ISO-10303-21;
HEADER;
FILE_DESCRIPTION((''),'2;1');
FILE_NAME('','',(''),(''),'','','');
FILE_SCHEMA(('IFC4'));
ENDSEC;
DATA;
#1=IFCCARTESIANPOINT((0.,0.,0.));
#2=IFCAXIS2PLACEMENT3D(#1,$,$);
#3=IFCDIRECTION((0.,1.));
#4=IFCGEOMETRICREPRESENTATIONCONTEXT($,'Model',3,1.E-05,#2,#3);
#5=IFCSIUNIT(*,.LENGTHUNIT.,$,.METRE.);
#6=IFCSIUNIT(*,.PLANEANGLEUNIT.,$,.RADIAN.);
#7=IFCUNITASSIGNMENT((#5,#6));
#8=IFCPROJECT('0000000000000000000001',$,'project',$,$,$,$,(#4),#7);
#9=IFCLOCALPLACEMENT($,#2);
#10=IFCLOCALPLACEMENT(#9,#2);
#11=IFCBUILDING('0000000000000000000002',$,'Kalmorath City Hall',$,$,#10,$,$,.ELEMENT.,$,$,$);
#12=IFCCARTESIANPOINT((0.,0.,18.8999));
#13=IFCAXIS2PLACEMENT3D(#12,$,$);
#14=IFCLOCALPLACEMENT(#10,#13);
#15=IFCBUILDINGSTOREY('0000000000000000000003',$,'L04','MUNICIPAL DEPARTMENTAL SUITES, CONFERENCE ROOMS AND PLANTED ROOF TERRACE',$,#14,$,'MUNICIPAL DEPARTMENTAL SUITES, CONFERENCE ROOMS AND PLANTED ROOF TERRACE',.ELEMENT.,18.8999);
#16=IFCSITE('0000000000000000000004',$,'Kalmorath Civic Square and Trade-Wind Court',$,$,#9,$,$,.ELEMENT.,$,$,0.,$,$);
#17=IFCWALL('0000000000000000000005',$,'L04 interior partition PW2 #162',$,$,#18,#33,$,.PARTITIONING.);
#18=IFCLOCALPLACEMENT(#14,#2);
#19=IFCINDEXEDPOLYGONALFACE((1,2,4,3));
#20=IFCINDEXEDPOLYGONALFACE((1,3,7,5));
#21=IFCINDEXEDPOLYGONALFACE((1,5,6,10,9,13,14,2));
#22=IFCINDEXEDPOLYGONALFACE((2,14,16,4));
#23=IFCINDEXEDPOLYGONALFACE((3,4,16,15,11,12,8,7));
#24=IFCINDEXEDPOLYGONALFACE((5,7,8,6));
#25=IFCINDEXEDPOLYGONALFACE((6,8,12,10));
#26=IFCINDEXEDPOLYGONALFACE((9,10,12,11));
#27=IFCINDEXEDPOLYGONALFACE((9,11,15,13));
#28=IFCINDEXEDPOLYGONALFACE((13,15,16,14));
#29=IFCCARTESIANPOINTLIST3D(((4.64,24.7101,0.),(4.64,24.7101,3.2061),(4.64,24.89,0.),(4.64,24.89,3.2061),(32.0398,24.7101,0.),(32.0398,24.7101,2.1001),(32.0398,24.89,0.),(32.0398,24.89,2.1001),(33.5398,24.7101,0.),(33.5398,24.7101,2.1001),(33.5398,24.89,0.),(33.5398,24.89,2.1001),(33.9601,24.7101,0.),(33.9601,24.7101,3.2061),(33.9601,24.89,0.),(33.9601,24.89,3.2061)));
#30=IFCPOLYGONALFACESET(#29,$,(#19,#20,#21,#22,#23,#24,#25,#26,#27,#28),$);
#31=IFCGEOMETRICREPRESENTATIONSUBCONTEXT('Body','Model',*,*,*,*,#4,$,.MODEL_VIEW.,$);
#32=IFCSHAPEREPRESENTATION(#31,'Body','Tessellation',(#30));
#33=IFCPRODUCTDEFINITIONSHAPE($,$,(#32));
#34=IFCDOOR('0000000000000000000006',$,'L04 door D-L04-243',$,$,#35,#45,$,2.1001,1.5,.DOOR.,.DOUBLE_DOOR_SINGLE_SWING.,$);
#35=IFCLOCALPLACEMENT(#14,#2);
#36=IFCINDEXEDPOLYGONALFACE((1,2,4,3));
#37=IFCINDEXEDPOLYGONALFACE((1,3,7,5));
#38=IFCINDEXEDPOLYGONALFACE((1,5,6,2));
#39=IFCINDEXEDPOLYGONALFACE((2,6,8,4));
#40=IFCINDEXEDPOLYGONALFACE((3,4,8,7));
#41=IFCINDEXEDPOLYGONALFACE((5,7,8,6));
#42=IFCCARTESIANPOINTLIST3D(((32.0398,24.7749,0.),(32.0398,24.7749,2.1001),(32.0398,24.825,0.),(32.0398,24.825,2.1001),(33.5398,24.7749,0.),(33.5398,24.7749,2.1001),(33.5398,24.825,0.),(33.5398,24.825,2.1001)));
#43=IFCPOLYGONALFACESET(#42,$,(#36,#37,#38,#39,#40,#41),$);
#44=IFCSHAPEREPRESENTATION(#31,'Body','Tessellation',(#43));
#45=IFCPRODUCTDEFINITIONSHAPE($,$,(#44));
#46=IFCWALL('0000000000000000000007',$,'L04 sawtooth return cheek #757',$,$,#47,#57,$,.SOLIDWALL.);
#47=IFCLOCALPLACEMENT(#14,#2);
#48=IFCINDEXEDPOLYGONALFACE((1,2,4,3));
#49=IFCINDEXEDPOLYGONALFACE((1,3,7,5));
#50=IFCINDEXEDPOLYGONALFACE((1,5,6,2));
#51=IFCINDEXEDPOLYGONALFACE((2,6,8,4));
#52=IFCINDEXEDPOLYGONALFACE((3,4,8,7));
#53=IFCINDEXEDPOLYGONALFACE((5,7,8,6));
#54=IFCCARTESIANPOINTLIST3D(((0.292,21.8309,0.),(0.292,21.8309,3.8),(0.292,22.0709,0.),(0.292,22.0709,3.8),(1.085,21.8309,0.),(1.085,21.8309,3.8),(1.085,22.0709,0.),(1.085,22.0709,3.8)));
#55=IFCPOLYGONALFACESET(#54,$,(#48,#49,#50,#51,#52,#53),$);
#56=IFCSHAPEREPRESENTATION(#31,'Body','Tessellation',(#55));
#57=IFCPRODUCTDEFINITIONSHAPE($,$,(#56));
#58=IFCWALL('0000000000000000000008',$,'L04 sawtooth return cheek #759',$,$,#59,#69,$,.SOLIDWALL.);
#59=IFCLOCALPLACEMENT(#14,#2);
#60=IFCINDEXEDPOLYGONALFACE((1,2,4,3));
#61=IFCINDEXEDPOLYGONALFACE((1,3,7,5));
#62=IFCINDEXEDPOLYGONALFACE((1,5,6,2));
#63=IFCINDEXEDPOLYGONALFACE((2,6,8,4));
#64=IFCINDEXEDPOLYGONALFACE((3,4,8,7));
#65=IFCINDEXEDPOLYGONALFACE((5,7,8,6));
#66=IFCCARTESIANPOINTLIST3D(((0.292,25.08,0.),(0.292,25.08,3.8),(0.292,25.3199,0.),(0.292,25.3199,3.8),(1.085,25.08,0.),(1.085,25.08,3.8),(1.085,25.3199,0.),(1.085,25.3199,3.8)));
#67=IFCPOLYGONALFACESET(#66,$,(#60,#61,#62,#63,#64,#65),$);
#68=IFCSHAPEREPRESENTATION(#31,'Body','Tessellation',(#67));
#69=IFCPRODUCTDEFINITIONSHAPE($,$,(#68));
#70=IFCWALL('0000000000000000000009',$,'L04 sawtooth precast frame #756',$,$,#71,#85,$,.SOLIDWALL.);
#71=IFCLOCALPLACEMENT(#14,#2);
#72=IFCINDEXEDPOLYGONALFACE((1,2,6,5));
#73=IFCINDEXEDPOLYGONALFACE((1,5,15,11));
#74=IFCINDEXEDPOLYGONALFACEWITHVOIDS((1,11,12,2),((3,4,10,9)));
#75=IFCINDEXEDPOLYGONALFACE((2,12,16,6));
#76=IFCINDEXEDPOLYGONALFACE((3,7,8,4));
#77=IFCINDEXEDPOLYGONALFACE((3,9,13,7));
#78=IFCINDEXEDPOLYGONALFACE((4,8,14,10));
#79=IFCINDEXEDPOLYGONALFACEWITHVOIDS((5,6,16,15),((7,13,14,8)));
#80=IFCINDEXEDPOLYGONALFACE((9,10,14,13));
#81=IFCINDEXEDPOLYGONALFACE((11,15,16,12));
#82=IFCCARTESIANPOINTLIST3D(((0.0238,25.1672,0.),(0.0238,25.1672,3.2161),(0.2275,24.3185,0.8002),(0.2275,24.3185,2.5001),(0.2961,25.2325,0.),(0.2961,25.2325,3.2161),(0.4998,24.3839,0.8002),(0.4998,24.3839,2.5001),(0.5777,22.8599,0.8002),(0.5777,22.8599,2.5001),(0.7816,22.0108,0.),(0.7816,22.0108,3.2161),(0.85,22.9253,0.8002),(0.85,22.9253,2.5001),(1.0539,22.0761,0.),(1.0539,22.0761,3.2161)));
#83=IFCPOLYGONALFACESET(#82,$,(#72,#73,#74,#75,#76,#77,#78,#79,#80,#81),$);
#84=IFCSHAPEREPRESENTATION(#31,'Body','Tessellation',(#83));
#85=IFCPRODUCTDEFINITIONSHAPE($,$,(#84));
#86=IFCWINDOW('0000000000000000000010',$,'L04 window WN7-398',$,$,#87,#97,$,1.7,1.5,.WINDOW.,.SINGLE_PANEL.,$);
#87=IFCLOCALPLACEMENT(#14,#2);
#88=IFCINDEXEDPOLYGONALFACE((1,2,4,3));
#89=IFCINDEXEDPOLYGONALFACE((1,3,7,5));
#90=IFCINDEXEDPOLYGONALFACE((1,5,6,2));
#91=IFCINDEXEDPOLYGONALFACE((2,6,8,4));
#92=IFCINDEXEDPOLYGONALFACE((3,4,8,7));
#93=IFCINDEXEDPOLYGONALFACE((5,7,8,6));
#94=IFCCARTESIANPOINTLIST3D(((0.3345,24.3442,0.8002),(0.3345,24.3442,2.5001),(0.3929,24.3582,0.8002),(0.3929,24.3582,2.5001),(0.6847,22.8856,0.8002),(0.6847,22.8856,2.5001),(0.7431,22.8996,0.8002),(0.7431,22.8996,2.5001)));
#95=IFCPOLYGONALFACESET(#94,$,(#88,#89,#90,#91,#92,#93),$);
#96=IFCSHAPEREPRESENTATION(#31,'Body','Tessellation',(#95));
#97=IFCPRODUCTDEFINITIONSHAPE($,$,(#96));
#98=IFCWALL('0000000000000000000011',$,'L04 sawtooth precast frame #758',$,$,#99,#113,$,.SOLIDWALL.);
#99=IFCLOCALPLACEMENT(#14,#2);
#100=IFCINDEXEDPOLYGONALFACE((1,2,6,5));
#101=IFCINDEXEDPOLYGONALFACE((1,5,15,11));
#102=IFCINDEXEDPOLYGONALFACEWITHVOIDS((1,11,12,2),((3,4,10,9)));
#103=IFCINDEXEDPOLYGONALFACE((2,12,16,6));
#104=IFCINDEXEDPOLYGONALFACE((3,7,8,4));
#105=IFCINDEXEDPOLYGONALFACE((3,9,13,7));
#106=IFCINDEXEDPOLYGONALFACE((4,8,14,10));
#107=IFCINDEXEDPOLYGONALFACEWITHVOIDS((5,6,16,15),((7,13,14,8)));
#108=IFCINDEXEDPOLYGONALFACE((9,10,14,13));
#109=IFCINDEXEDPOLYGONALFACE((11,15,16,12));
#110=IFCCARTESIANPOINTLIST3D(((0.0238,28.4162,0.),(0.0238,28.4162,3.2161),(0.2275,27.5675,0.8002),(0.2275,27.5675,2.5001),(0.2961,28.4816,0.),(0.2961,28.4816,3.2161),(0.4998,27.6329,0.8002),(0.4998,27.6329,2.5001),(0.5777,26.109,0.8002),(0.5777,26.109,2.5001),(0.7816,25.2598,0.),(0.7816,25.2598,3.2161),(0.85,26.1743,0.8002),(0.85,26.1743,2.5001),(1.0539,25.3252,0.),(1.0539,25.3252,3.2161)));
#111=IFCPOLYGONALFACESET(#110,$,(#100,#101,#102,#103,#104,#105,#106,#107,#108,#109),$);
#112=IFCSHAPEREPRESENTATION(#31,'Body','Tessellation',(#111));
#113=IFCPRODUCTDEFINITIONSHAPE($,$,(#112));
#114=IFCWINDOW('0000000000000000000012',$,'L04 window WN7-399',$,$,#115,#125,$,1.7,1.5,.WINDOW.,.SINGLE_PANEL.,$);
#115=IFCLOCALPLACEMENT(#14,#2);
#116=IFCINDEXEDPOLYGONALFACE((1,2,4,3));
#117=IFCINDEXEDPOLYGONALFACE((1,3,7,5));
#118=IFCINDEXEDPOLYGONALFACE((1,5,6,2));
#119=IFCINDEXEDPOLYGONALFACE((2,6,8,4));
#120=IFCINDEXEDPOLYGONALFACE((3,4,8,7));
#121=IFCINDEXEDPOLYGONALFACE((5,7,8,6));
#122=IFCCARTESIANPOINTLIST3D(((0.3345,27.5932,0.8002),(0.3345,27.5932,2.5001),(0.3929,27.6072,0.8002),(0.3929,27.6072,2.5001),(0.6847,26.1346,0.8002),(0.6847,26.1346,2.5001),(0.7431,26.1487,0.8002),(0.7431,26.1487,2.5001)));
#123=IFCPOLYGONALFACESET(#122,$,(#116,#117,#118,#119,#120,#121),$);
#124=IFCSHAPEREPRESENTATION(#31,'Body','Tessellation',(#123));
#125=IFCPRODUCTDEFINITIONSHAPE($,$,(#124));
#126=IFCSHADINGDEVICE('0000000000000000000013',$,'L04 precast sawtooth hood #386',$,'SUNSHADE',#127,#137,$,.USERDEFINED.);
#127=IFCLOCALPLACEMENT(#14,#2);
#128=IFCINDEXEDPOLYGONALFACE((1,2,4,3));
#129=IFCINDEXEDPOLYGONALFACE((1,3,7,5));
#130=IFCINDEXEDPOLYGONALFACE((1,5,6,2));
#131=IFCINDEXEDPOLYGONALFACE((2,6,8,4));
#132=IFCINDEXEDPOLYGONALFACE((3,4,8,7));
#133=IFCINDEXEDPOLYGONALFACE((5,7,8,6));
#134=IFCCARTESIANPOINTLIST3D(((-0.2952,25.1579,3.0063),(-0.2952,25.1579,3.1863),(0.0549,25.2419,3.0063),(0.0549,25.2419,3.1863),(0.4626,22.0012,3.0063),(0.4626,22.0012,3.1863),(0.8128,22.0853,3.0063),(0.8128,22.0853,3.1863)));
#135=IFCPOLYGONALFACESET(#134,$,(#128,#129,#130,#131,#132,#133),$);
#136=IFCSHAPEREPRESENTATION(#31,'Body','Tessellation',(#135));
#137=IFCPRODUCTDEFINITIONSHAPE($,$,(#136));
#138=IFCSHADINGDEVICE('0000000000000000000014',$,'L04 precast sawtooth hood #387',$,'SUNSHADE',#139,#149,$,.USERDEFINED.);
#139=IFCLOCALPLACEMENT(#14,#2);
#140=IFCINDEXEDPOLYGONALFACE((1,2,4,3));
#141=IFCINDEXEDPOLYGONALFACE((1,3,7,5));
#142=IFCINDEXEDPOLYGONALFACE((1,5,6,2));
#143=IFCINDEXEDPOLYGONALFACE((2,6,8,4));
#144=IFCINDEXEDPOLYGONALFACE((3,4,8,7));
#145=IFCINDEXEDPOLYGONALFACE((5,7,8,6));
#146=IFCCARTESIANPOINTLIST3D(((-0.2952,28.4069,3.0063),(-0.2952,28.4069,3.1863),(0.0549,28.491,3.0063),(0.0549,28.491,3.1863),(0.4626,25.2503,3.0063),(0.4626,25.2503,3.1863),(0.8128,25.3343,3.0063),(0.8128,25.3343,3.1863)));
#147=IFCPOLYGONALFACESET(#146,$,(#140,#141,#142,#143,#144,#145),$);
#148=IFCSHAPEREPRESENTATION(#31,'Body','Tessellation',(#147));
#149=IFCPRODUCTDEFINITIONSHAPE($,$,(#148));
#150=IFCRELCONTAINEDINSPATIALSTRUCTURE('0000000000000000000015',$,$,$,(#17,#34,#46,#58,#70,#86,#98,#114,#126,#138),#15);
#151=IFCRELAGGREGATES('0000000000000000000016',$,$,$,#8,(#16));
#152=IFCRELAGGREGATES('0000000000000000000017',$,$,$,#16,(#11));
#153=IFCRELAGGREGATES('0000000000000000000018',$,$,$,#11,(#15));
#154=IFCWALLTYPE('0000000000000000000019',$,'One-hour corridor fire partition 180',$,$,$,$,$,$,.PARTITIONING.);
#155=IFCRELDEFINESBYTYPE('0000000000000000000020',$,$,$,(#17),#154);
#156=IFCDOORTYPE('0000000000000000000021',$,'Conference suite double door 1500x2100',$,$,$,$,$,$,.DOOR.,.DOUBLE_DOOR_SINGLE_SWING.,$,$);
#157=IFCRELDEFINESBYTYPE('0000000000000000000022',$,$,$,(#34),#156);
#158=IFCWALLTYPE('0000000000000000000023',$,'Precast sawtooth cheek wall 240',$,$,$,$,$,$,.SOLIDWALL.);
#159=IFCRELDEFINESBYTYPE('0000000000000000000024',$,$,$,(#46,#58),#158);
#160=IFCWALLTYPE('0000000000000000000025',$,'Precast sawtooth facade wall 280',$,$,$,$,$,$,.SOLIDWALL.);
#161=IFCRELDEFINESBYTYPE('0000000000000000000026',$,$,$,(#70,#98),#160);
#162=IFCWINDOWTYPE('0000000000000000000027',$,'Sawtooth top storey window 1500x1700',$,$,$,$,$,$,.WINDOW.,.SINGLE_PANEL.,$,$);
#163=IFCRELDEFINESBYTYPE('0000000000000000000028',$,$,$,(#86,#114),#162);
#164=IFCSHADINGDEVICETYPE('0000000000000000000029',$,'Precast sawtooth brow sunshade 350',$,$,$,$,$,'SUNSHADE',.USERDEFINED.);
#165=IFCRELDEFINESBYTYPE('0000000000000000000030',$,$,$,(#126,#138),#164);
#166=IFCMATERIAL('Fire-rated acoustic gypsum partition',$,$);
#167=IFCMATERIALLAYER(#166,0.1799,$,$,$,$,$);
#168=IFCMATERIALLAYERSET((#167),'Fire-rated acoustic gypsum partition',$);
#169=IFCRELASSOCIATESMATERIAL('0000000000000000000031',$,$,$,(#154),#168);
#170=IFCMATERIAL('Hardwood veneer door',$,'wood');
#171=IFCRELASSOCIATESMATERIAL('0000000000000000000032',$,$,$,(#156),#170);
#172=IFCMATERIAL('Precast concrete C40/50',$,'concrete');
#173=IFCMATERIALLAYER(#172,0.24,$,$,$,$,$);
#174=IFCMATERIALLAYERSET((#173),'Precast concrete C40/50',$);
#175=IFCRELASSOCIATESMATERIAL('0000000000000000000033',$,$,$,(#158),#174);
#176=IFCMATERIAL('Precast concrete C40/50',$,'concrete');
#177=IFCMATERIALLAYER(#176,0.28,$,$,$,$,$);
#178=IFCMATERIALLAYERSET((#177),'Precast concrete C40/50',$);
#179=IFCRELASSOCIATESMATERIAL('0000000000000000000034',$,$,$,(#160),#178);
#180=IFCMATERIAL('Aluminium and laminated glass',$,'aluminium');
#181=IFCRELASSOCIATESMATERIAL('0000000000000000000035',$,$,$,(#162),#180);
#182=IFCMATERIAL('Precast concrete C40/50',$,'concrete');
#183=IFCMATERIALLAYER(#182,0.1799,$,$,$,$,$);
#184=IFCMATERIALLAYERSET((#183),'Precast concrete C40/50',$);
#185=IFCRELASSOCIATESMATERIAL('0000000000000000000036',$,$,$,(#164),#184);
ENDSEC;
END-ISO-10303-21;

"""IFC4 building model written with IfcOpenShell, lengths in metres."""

from ifc_helpers import new_model, si_unit, direction, frame, frame_2d, origin, origin_2d, place, context, subcontext, project, spatial, rectangle, extrude, material, layer, layer_set, type_object, element, fill, save


model = new_model("IFC4")

# Units and contexts
model_context = context("Model", 3, precision=1e-05, world=origin(), true_north=direction((0.0, 1.0)))
body_context = subcontext(model_context, "Body", "Model", "MODEL_VIEW")
ifc_project = project(units=[si_unit("LENGTHUNIT", "METRE"), si_unit("PLANEANGLEUNIT", "RADIAN")], contexts=[model_context])

# Site, building, storey
site_placement = place(None, origin())
site = spatial("IfcSite", under=ifc_project, at=site_placement, Name="Kalmorath Civic Square and Trade-Wind Court", CompositionType="ELEMENT", RefElevation=0.0)
building_placement = place(site_placement, origin())
building = spatial("IfcBuilding", under=site, at=building_placement, Name="Kalmorath City Hall", CompositionType="ELEMENT")
storey_placement = place(building_placement, frame((0.0, 0.0, 18.8999)))
storey = spatial("IfcBuildingStorey", under=building, at=storey_placement, Name="L04", Description="MUNICIPAL DEPARTMENTAL SUITES, CONFERENCE ROOMS AND PLANTED ROOF TERRACE", LongName="MUNICIPAL DEPARTMENTAL SUITES, CONFERENCE ROOMS AND PLANTED ROOF TERRACE", CompositionType="ELEMENT", Elevation=18.8999)

# Wall, opening, door
ifc_material_1 = material(Name="Fire-rated acoustic gypsum partition")
ifc_layer_1 = layer(ifc_material_1, 0.1799)
ifc_layer_set_1 = layer_set([ifc_layer_1], Name="Fire-rated acoustic gypsum partition")
wall_type_1 = type_object("IfcWallType", Name="One-hour corridor fire partition 180", PredefinedType="PARTITIONING", material=ifc_layer_set_1)
ifc_material_2 = material(Name="Hardwood veneer door", Category="wood")
door_type = type_object("IfcDoorType", Name="Conference suite double door 1500x2100", OperationType="DOUBLE_DOOR_SINGLE_SWING", PredefinedType="DOOR", material=ifc_material_2)
wall_1_placement = place(storey_placement, frame((4.6399, 24.8, 0.0), z_axis=(0.0, 0.0, 1.0), x_axis=(1.0, 0.0, 0.0)))
wall_1 = element("IfcWall", 1, at=wall_1_placement, inside=storey, type_object=wall_type_1, Name="L04 interior partition PW2 #162", PredefinedType="PARTITIONING", context=body_context, shape_type="SweptSolid", body=[
    extrude(rectangle(XDim=29.3201, YDim=0.1799, at=frame_2d((14.6602, 0.0))), origin(), (0.0, 0.0, 1.0), 3.2061),
])
opening_1_placement = place(wall_1_placement, frame((27.3999, 0.0, 0.0)))
opening_1 = element("IfcOpeningElement", 2, at=opening_1_placement, cuts=wall_1, PredefinedType="OPENING", context=body_context, shape_type="SweptSolid", body=[
    extrude(rectangle(XDim=1.5, YDim=2.1001, at=frame_2d((0.75, 1.05))), frame((0.0, 0.0999, 0.0), z_axis=(0.0, -1.0, 0.0), x_axis=(1.0, 0.0, 0.0)), (0.0, 0.0, 1.0), 0.2),
])
door_1_placement = place(opening_1_placement, origin())
door_1 = element("IfcDoor", 3, at=door_1_placement, inside=storey, type_object=door_type, Name="L04 door D-L04-243", OperationType="DOUBLE_DOOR_SINGLE_SWING", OverallHeight=2.1001, OverallWidth=1.5, PredefinedType="DOOR", context=body_context, shape_type="SweptSolid", body=[
    extrude(rectangle(XDim=1.5, YDim=2.1001, at=frame_2d((0.75, 1.05))), frame((0.0, 0.0249, 0.0), z_axis=(0.0, -1.0, 0.0), x_axis=(1.0, 0.0, 0.0)), (0.0, 0.0, 1.0), 0.05),
])
fill(opening_1, door_1)

# Walls
ifc_material_3 = material(Name="Precast concrete C40/50", Category="concrete")
ifc_layer_2 = layer(ifc_material_3, 0.24)
ifc_layer_set_2 = layer_set([ifc_layer_2], Name="Precast concrete C40/50")
wall_type_2 = type_object("IfcWallType", Name="Precast sawtooth cheek wall 240", PredefinedType="SOLIDWALL", material=ifc_layer_set_2)
for number, where, z_axis, x_axis, name in (
    (4, (1.085, 21.9509, 0.0), (0.0, 0.0, 1.0), (-1.0, 0.0, 0.0), "L04 sawtooth return cheek #757"),
    (5, (1.085, 25.2, 0.0), (0.0, 0.0, 1.0), (-1.0, 0.0, 0.0), "L04 sawtooth return cheek #759"),
):
    element("IfcWall", number, at=place(storey_placement, frame(where, z_axis=z_axis, x_axis=x_axis)), inside=storey, type_object=wall_type_2, Name=name, PredefinedType="SOLIDWALL", context=body_context, shape_type="SweptSolid", body=[
        extrude(rectangle(XDim=0.793, YDim=0.24, at=frame_2d((0.3965, 0.0))), origin(), (0.0, 0.0, 1.0), 3.8),
    ])

# Walls, openings, windows
ifc_material_4 = material(Name="Precast concrete C40/50", Category="concrete")
ifc_layer_3 = layer(ifc_material_4, 0.28)
ifc_layer_set_3 = layer_set([ifc_layer_3], Name="Precast concrete C40/50")
wall_type_3 = type_object("IfcWallType", Name="Precast sawtooth facade wall 280", PredefinedType="SOLIDWALL", material=ifc_layer_set_3)
wall_2_placement = place(storey_placement, frame((0.9177, 22.0435, 0.0), z_axis=(0.0, 0.0, 1.0), x_axis=(-0.233447, 0.97237, 0.0)))
wall_2 = element("IfcWall", 6, at=wall_2_placement, inside=storey, type_object=wall_type_3, Name="L04 sawtooth precast frame #756", PredefinedType="SOLIDWALL", context=body_context, shape_type="SweptSolid", body=[
    extrude(rectangle(XDim=3.2461, YDim=0.28, at=frame_2d((1.623, 0.0))), origin(), (0.0, 0.0, 1.0), 3.2161),
])
opening_2_placement = place(wall_2_placement, frame((0.8733, 0.0, 0.8)))
opening_2 = element("IfcOpeningElement", 7, at=opening_2_placement, cuts=wall_2, PredefinedType="OPENING", context=body_context, shape_type="SweptSolid", body=[
    extrude(rectangle(XDim=1.5, YDim=1.7, at=frame_2d((0.75, 0.8501))), frame((0.0, 0.1499, 0.0), z_axis=(0.0, -1.0, 0.0), x_axis=(1.0, 0.0, 0.0)), (0.0, 0.0, 1.0), 0.3),
])
ifc_material_5 = material(Name="Aluminium and laminated glass", Category="aluminium")
window_type = type_object("IfcWindowType", Name="Sawtooth top storey window 1500x1700", PartitioningType="SINGLE_PANEL", PredefinedType="WINDOW", material=ifc_material_5)
window_1_placement = place(opening_2_placement, origin())
window_1 = element("IfcWindow", 8, at=window_1_placement, inside=storey, type_object=window_type, Name="L04 window WN7-398", OverallHeight=1.7, OverallWidth=1.5, PartitioningType="SINGLE_PANEL", PredefinedType="WINDOW", context=body_context, shape_type="SweptSolid", body=[
    extrude(rectangle(XDim=1.5, YDim=1.7, at=frame_2d((0.75, 0.8501))), frame((0.0, 0.03, 0.0), z_axis=(0.0, -1.0, 0.0), x_axis=(1.0, 0.0, 0.0)), (0.0, 0.0, 1.0), 0.0601),
])
fill(opening_2, window_1)
wall_3_placement = place(storey_placement, frame((0.9177, 25.2925, 0.0), z_axis=(0.0, 0.0, 1.0), x_axis=(-0.233447, 0.97237, 0.0)))
wall_3 = element("IfcWall", 9, at=wall_3_placement, inside=storey, type_object=wall_type_3, Name="L04 sawtooth precast frame #758", PredefinedType="SOLIDWALL", context=body_context, shape_type="SweptSolid", body=[
    extrude(rectangle(XDim=3.2461, YDim=0.28, at=frame_2d((1.623, 0.0))), origin(), (0.0, 0.0, 1.0), 3.2161),
])
opening_3_placement = place(wall_3_placement, frame((0.8733, 0.0, 0.8)))
opening_3 = element("IfcOpeningElement", 10, at=opening_3_placement, cuts=wall_3, PredefinedType="OPENING", context=body_context, shape_type="SweptSolid", body=[
    extrude(rectangle(XDim=1.5, YDim=1.7, at=frame_2d((0.75, 0.8501))), frame((0.0, 0.1499, 0.0), z_axis=(0.0, -1.0, 0.0), x_axis=(1.0, 0.0, 0.0)), (0.0, 0.0, 1.0), 0.3),
])
window_2_placement = place(opening_3_placement, origin())
window_2 = element("IfcWindow", 11, at=window_2_placement, inside=storey, type_object=window_type, Name="L04 window WN7-399", OverallHeight=1.7, OverallWidth=1.5, PartitioningType="SINGLE_PANEL", PredefinedType="WINDOW", context=body_context, shape_type="SweptSolid", body=[
    extrude(rectangle(XDim=1.5, YDim=1.7, at=frame_2d((0.75, 0.8501))), frame((0.0, 0.03, 0.0), z_axis=(0.0, -1.0, 0.0), x_axis=(1.0, 0.0, 0.0)), (0.0, 0.0, 1.0), 0.0601),
])
fill(opening_3, window_2)

# Shading devices
ifc_material_6 = material(Name="Precast concrete C40/50", Category="concrete")
ifc_layer_4 = layer(ifc_material_6, 0.1799)
ifc_layer_set_4 = layer_set([ifc_layer_4], Name="Precast concrete C40/50")
shading_device_type = type_object("IfcShadingDeviceType", Name="Precast sawtooth brow sunshade 350", ElementType="SUNSHADE", PredefinedType="USERDEFINED", material=ifc_layer_set_4)
for number, where, z_axis, x_axis, name in (
    (12, (0.2588, 23.6216, 3.0063), (0.0, 0.0, 1.0), (-0.233445, 0.97237, 0.0), "L04 precast sawtooth hood #386"),
    (13, (0.2588, 26.8706, 3.0063), (0.0, 0.0, 1.0), (-0.233445, 0.97237, 0.0), "L04 precast sawtooth hood #387"),
):
    element("IfcShadingDevice", number, at=place(storey_placement, frame(where, z_axis=z_axis, x_axis=x_axis)), inside=storey, type_object=shading_device_type, Name=name, ObjectType="SUNSHADE", PredefinedType="USERDEFINED", context=body_context, shape_type="SweptSolid", body=[
        extrude(rectangle(XDim=3.2463, YDim=0.3601, at=origin_2d()), origin(), (0.0, 0.0, 1.0), 0.1799),
    ])

save(model, "model.ifc")
